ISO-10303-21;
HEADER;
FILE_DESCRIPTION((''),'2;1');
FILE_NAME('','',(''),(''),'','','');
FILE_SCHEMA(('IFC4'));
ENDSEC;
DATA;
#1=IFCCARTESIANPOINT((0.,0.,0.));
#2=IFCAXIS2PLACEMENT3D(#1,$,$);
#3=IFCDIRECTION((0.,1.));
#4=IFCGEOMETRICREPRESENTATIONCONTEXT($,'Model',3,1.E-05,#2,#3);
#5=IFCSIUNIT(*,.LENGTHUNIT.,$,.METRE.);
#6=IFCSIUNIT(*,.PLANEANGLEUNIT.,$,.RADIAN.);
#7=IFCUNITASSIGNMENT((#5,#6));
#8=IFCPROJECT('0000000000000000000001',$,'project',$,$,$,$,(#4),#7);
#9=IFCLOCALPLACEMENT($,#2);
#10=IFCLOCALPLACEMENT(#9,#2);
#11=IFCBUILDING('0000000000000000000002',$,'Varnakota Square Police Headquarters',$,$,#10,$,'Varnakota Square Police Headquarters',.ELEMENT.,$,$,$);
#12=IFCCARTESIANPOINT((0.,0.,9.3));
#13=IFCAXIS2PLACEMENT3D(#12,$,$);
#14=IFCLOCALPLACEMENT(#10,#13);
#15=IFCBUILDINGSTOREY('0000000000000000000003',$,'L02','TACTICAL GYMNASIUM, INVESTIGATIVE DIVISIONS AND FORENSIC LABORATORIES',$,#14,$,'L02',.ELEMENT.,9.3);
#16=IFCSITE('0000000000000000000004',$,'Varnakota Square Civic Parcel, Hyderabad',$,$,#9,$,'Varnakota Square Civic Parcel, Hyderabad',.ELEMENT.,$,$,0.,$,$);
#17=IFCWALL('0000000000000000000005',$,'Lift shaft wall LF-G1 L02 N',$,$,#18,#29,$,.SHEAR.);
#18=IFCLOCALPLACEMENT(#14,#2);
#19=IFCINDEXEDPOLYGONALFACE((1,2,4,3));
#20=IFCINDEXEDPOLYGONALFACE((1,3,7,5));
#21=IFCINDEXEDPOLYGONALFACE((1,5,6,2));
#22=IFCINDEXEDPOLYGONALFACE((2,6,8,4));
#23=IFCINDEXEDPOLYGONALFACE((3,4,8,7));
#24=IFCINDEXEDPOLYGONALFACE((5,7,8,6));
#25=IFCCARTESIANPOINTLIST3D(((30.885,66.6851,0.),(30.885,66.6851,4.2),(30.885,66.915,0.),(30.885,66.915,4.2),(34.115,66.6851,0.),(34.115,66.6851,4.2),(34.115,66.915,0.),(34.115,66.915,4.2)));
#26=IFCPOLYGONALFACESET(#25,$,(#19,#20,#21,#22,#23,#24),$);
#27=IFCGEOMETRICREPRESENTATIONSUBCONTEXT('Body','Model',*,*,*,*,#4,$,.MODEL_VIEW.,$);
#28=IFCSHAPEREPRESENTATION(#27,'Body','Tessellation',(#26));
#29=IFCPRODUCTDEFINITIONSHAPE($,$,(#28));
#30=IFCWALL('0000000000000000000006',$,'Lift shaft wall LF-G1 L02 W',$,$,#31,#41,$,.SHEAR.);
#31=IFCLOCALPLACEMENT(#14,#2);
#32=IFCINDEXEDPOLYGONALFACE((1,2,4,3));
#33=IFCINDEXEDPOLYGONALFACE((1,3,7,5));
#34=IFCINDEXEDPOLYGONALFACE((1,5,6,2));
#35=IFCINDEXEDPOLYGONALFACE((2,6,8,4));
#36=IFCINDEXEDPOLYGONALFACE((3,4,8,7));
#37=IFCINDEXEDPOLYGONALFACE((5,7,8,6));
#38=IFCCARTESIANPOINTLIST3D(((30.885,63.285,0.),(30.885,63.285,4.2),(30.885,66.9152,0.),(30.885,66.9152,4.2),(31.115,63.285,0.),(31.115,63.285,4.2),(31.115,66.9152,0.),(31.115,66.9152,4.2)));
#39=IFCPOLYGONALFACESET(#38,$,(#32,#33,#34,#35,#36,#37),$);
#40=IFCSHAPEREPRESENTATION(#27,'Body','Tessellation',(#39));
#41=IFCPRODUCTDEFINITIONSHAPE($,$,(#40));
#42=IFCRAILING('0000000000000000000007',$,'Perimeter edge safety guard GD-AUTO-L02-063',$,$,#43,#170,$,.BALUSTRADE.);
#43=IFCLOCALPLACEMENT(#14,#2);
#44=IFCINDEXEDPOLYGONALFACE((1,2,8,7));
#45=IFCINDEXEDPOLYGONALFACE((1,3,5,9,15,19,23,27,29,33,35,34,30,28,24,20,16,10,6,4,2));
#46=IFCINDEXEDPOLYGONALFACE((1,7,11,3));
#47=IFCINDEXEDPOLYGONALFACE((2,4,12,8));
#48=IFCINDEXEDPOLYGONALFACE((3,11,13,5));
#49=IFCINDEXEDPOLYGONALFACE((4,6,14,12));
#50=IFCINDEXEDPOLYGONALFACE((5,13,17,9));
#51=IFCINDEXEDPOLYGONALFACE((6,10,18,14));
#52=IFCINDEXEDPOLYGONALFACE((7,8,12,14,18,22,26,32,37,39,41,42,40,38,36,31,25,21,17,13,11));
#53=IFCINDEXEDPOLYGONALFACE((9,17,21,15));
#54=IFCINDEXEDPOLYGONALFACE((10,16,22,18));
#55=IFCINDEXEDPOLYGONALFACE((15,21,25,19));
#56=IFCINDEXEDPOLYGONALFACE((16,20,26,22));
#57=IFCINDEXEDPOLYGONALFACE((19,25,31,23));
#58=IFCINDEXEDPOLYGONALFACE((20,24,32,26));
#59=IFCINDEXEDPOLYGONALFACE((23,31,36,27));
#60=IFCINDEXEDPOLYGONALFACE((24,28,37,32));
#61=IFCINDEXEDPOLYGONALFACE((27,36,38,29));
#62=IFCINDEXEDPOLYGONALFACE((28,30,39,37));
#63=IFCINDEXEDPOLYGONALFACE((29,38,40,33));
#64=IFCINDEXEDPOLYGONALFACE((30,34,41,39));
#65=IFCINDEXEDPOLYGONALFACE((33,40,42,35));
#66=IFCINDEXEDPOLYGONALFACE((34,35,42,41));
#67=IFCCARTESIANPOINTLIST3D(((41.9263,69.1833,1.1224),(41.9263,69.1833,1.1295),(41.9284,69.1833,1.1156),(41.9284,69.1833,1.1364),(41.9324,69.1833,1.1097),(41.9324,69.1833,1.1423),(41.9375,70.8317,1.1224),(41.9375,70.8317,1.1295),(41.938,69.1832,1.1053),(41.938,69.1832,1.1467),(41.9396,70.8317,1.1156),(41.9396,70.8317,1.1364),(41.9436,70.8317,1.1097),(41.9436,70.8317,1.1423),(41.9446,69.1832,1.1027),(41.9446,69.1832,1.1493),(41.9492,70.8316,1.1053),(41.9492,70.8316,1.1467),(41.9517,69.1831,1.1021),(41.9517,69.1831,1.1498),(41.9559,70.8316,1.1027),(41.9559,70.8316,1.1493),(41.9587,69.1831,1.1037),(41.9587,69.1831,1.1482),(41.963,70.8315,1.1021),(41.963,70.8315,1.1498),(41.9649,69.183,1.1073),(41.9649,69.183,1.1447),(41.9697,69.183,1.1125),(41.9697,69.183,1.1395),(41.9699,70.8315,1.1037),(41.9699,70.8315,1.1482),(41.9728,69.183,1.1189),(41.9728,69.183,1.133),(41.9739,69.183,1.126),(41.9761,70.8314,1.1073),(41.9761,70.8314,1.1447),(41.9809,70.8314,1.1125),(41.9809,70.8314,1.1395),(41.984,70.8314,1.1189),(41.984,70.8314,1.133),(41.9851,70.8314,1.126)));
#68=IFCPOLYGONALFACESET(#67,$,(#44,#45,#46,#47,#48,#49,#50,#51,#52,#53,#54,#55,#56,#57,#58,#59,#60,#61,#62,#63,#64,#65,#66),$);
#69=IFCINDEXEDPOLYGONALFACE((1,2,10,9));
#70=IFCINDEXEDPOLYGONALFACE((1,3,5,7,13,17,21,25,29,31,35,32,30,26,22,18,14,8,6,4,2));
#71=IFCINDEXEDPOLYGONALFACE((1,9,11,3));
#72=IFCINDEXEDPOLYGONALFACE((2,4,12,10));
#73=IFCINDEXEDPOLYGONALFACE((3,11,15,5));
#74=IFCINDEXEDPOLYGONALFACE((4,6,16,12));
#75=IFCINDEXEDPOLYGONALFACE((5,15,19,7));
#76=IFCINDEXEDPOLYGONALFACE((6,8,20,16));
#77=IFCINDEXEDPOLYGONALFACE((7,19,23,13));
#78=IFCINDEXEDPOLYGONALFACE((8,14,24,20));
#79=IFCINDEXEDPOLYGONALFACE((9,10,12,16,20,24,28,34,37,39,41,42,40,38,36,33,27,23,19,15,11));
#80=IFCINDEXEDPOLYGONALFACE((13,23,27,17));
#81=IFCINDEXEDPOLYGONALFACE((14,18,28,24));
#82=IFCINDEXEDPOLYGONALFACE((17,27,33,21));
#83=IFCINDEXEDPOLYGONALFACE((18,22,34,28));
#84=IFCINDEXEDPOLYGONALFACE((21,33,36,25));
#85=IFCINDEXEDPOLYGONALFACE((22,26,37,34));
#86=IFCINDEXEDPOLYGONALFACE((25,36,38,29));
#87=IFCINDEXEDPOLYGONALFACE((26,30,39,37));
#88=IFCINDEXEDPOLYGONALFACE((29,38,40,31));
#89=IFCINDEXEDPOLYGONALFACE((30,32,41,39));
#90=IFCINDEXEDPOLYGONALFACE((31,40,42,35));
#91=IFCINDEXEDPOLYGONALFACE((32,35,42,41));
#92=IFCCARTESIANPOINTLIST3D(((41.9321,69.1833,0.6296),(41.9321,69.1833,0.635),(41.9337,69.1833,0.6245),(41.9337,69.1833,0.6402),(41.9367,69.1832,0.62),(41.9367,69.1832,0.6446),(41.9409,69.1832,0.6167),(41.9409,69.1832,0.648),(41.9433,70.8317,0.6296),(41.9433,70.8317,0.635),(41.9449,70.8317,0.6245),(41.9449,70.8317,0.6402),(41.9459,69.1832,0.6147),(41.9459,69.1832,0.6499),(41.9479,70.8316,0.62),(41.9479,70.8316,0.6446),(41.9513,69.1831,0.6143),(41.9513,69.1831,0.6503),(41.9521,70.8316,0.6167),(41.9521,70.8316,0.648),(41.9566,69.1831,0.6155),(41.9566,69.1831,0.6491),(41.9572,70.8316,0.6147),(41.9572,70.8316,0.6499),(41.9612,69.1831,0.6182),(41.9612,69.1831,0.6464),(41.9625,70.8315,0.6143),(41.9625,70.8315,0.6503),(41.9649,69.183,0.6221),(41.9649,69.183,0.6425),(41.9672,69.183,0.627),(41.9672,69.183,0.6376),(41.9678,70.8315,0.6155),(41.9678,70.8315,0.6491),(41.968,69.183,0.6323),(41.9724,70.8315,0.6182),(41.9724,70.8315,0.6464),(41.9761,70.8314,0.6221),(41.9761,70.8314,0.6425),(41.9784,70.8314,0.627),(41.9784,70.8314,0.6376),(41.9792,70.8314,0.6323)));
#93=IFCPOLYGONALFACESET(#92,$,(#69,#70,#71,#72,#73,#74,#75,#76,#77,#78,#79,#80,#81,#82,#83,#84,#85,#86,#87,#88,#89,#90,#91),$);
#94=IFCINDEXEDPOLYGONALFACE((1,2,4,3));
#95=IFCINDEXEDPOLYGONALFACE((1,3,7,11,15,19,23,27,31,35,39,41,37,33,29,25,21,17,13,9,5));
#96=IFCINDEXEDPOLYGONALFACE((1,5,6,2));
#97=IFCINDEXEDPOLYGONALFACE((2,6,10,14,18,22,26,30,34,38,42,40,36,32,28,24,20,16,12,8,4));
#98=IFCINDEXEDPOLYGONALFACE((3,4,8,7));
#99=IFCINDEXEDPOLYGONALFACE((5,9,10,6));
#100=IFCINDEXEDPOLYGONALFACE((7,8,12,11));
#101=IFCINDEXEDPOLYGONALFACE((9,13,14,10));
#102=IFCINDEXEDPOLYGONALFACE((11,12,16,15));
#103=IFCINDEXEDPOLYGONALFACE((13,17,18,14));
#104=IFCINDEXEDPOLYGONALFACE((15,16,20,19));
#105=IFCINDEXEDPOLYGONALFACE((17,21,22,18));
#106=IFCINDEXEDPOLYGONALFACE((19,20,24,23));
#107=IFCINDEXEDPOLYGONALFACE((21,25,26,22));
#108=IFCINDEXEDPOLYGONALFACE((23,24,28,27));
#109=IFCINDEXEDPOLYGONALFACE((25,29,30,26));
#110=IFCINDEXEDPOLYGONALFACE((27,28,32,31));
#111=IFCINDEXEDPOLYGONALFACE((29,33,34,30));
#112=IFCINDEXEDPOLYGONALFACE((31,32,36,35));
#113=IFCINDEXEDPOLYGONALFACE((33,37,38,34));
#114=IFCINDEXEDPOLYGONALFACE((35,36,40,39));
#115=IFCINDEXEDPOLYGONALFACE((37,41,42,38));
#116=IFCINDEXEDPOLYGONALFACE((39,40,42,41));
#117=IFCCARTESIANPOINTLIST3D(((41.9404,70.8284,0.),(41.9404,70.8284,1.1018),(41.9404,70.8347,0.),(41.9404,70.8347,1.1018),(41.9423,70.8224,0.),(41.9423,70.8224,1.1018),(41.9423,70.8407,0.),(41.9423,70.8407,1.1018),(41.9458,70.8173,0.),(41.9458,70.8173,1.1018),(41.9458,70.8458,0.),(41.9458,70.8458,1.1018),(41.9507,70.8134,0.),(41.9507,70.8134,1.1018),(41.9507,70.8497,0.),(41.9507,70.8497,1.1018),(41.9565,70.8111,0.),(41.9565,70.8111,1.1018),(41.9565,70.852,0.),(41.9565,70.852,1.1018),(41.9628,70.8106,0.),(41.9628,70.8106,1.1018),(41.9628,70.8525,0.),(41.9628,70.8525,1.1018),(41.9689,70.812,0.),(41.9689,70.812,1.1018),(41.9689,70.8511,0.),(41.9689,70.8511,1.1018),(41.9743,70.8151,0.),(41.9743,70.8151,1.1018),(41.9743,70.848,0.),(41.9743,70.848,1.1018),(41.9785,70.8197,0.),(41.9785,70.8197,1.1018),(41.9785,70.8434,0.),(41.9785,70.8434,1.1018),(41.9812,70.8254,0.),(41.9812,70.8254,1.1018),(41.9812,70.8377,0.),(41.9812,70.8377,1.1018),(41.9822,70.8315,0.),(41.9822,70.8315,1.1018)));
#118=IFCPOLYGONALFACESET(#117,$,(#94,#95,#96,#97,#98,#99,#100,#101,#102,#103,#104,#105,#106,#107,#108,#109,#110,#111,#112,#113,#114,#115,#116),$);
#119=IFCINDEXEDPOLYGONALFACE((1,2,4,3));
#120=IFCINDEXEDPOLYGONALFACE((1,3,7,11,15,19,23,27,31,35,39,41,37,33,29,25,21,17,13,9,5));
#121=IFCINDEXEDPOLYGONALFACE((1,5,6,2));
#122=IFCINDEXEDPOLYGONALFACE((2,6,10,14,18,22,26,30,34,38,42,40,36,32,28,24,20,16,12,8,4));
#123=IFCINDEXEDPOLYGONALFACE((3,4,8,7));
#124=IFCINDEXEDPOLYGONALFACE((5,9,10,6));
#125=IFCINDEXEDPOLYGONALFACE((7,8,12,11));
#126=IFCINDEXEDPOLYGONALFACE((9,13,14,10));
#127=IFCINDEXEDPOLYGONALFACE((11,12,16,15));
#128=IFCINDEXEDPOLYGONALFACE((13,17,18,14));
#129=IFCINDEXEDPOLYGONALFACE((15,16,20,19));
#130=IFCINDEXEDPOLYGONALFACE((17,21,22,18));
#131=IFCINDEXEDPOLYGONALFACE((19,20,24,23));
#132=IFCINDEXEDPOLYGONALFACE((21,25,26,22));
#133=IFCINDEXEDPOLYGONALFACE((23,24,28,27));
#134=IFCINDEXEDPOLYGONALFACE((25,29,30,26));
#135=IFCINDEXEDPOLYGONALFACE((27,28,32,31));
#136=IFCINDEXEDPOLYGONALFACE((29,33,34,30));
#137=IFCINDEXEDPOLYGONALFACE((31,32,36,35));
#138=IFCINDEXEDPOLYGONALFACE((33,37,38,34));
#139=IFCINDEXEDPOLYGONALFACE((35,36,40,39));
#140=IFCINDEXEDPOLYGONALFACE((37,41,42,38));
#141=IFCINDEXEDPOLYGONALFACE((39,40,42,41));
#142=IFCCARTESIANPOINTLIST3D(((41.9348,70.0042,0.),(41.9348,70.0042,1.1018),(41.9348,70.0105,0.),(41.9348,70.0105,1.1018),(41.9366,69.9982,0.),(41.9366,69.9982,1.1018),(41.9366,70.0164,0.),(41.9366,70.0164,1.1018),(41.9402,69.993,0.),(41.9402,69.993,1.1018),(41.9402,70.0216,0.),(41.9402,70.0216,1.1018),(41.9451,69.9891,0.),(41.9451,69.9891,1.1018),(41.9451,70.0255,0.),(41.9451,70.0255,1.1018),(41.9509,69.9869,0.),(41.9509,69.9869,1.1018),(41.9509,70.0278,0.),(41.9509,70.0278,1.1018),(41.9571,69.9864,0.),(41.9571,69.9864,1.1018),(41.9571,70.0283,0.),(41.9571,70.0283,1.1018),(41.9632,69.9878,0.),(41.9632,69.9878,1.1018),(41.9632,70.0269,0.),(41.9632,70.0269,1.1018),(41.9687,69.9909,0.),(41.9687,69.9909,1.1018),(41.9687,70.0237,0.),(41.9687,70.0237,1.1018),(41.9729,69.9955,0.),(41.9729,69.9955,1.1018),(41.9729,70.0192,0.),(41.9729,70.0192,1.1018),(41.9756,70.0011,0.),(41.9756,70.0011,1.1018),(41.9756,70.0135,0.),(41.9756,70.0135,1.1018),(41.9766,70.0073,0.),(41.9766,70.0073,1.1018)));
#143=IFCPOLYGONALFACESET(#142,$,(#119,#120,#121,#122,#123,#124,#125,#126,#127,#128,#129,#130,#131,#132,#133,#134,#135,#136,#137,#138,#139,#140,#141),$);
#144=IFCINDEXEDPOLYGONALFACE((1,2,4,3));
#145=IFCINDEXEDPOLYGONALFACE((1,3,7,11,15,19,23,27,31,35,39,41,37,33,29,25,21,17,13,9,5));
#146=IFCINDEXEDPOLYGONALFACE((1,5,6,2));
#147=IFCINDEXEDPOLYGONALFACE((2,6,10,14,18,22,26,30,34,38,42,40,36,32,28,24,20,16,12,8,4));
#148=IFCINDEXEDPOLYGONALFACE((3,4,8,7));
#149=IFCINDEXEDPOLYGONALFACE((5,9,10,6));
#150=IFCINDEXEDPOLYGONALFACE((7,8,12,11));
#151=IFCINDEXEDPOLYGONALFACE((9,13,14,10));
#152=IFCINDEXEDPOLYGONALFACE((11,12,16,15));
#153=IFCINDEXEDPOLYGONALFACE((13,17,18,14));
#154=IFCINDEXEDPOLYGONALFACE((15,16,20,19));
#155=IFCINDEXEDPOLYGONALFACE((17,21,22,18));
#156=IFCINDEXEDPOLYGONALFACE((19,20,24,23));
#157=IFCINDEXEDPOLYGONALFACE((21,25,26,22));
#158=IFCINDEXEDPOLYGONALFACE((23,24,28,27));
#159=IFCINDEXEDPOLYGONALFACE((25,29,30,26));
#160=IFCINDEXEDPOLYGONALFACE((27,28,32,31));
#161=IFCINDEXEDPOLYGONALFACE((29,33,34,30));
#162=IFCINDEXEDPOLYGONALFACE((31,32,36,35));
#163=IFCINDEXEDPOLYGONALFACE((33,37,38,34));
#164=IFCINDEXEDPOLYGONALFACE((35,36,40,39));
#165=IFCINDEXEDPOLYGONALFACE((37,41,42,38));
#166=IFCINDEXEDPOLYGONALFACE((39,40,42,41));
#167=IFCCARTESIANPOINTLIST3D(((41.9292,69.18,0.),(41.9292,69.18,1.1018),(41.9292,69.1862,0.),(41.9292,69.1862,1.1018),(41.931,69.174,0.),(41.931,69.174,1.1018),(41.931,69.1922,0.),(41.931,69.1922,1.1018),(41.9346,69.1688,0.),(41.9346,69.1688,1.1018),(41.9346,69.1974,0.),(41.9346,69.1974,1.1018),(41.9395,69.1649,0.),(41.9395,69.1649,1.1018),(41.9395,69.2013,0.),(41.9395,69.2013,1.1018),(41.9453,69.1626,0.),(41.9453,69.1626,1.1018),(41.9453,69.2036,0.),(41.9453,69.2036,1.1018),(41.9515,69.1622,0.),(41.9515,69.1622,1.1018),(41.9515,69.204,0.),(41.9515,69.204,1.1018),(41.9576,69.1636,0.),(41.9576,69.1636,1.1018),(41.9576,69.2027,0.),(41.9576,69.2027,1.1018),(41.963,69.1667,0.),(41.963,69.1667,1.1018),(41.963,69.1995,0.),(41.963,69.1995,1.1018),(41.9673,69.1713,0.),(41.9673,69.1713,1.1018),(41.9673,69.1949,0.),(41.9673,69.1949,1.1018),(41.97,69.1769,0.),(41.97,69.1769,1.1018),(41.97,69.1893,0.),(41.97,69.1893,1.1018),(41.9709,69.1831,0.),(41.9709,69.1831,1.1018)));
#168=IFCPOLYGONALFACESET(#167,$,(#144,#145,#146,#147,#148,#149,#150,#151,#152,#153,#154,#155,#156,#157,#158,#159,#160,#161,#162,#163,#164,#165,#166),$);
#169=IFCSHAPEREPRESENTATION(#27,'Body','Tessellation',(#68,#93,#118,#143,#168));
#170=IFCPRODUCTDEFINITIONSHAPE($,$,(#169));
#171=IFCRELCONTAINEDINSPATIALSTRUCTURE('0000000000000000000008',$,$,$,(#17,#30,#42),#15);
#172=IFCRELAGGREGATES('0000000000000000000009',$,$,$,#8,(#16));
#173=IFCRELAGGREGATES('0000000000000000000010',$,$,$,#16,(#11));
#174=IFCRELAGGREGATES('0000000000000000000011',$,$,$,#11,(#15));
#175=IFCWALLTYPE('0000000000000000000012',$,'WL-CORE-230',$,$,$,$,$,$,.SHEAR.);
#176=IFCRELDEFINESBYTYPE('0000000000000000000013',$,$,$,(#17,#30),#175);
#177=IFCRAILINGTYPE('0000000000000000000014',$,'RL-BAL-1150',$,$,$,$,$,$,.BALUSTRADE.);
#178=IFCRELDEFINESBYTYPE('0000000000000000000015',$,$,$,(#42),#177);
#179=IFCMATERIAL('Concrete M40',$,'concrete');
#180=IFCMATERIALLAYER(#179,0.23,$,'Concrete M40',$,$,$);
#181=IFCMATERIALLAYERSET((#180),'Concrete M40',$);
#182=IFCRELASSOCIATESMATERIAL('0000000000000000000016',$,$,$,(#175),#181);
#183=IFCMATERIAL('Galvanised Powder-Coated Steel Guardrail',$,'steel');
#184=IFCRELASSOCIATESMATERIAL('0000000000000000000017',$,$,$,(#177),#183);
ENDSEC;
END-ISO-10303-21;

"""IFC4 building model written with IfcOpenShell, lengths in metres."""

from ifc_helpers import new_model, si_unit, direction, frame, frame_2d, origin, origin_2d, place, context, subcontext, project, spatial, rectangle, circle, extrude, material, layer, layer_set, type_object, element, save


model = new_model("IFC4")

# Units and contexts
model_context = context("Model", 3, precision=1e-05, world=origin(), true_north=direction((0.0, 1.0)))
body_context = subcontext(model_context, "Body", "Model", "MODEL_VIEW")
ifc_project = project(units=[si_unit("LENGTHUNIT", "METRE"), si_unit("PLANEANGLEUNIT", "RADIAN")], contexts=[model_context])

# Site, building, storey
site_placement = place(None, origin())
site = spatial("IfcSite", under=ifc_project, at=site_placement, Name="Varnakota Square Civic Parcel, Hyderabad", LongName="Varnakota Square Civic Parcel, Hyderabad", CompositionType="ELEMENT", RefElevation=0.0)
building_placement = place(site_placement, origin())
building = spatial("IfcBuilding", under=site, at=building_placement, Name="Varnakota Square Police Headquarters", LongName="Varnakota Square Police Headquarters", CompositionType="ELEMENT")
storey_placement = place(building_placement, frame((0.0, 0.0, 9.3)))
storey = spatial("IfcBuildingStorey", under=building, at=storey_placement, Name="L02", Description="TACTICAL GYMNASIUM, INVESTIGATIVE DIVISIONS AND FORENSIC LABORATORIES", LongName="L02", CompositionType="ELEMENT", Elevation=9.3)

# Shared definitions
ifc_material_1 = material(Name="Concrete M40", Category="concrete")
ifc_layer = layer(ifc_material_1, 0.23, Name="Concrete M40")
ifc_layer_set = layer_set([ifc_layer], Name="Concrete M40")
wall_type = type_object("IfcWallType", Name="WL-CORE-230", PredefinedType="SHEAR", material=ifc_layer_set)

# Walls
wall_1_placement = place(storey_placement, frame((34.115, 66.8, 0.0), z_axis=(0.0, 0.0, 1.0), x_axis=(-1.0, 0.0, 0.0)))
element("IfcWall", 1, at=wall_1_placement, inside=storey, type_object=wall_type, Name="Lift shaft wall LF-G1 L02 N", PredefinedType="SHEAR", context=body_context, shape_type="SweptSolid", body=[
    extrude(rectangle(XDim=3.23, YDim=0.23, at=frame_2d((1.615, 0.0))), origin(), (0.0, 0.0, 1.0), 4.2),
])
wall_2_placement = place(storey_placement, frame((31.0, 66.915, 0.0), z_axis=(0.0, 0.0, 1.0), x_axis=(0.0, -1.0, 0.0)))
element("IfcWall", 2, at=wall_2_placement, inside=storey, type_object=wall_type, Name="Lift shaft wall LF-G1 L02 W", PredefinedType="SHEAR", context=body_context, shape_type="SweptSolid", body=[
    extrude(rectangle(XDim=3.6301, YDim=0.23, at=frame_2d((1.8149, 0.0))), origin(), (0.0, 0.0, 1.0), 4.2),
])

# Railing
ifc_material_2 = material(Name="Galvanised Powder-Coated Steel Guardrail", Category="steel")
railing_type = type_object("IfcRailingType", Name="RL-BAL-1150", PredefinedType="BALUSTRADE", material=ifc_material_2)
railing_1_placement = place(storey_placement, frame((41.9612, 70.8315, 0.0)))
element("IfcRailing", 3, at=railing_1_placement, inside=storey, type_object=railing_type, Name="Perimeter edge safety guard GD-AUTO-L02-063", PredefinedType="BALUSTRADE", context=body_context, shape_type="SweptSolid", body=[
    extrude(circle(Radius=0.0239, at=origin_2d()), frame((0.0, 0.0, 1.126), z_axis=(-0.006813, -0.999977, 0.0), x_axis=(0.999977, -0.006813, 0.0)), (0.0, 0.0, 1.0), 1.6484),
    extrude(circle(Radius=0.0181, at=origin_2d()), frame((0.0, 0.0, 0.6323), z_axis=(-0.006813, -0.999977, 0.0), x_axis=(0.999977, -0.006813, 0.0)), (0.0, 0.0, 1.0), 1.6484),
    extrude(circle(Radius=0.021, at=origin_2d()), origin(), (0.0, 0.0, 1.0), 1.1018),
    extrude(circle(Radius=0.021, at=origin_2d()), frame((-0.0056, -0.8242, 0.0)), (0.0, 0.0, 1.0), 1.1018),
    extrude(circle(Radius=0.021, at=origin_2d()), frame((-0.0112, -1.6484, 0.0)), (0.0, 0.0, 1.0), 1.1018),
])

save(model, "model.ifc")
